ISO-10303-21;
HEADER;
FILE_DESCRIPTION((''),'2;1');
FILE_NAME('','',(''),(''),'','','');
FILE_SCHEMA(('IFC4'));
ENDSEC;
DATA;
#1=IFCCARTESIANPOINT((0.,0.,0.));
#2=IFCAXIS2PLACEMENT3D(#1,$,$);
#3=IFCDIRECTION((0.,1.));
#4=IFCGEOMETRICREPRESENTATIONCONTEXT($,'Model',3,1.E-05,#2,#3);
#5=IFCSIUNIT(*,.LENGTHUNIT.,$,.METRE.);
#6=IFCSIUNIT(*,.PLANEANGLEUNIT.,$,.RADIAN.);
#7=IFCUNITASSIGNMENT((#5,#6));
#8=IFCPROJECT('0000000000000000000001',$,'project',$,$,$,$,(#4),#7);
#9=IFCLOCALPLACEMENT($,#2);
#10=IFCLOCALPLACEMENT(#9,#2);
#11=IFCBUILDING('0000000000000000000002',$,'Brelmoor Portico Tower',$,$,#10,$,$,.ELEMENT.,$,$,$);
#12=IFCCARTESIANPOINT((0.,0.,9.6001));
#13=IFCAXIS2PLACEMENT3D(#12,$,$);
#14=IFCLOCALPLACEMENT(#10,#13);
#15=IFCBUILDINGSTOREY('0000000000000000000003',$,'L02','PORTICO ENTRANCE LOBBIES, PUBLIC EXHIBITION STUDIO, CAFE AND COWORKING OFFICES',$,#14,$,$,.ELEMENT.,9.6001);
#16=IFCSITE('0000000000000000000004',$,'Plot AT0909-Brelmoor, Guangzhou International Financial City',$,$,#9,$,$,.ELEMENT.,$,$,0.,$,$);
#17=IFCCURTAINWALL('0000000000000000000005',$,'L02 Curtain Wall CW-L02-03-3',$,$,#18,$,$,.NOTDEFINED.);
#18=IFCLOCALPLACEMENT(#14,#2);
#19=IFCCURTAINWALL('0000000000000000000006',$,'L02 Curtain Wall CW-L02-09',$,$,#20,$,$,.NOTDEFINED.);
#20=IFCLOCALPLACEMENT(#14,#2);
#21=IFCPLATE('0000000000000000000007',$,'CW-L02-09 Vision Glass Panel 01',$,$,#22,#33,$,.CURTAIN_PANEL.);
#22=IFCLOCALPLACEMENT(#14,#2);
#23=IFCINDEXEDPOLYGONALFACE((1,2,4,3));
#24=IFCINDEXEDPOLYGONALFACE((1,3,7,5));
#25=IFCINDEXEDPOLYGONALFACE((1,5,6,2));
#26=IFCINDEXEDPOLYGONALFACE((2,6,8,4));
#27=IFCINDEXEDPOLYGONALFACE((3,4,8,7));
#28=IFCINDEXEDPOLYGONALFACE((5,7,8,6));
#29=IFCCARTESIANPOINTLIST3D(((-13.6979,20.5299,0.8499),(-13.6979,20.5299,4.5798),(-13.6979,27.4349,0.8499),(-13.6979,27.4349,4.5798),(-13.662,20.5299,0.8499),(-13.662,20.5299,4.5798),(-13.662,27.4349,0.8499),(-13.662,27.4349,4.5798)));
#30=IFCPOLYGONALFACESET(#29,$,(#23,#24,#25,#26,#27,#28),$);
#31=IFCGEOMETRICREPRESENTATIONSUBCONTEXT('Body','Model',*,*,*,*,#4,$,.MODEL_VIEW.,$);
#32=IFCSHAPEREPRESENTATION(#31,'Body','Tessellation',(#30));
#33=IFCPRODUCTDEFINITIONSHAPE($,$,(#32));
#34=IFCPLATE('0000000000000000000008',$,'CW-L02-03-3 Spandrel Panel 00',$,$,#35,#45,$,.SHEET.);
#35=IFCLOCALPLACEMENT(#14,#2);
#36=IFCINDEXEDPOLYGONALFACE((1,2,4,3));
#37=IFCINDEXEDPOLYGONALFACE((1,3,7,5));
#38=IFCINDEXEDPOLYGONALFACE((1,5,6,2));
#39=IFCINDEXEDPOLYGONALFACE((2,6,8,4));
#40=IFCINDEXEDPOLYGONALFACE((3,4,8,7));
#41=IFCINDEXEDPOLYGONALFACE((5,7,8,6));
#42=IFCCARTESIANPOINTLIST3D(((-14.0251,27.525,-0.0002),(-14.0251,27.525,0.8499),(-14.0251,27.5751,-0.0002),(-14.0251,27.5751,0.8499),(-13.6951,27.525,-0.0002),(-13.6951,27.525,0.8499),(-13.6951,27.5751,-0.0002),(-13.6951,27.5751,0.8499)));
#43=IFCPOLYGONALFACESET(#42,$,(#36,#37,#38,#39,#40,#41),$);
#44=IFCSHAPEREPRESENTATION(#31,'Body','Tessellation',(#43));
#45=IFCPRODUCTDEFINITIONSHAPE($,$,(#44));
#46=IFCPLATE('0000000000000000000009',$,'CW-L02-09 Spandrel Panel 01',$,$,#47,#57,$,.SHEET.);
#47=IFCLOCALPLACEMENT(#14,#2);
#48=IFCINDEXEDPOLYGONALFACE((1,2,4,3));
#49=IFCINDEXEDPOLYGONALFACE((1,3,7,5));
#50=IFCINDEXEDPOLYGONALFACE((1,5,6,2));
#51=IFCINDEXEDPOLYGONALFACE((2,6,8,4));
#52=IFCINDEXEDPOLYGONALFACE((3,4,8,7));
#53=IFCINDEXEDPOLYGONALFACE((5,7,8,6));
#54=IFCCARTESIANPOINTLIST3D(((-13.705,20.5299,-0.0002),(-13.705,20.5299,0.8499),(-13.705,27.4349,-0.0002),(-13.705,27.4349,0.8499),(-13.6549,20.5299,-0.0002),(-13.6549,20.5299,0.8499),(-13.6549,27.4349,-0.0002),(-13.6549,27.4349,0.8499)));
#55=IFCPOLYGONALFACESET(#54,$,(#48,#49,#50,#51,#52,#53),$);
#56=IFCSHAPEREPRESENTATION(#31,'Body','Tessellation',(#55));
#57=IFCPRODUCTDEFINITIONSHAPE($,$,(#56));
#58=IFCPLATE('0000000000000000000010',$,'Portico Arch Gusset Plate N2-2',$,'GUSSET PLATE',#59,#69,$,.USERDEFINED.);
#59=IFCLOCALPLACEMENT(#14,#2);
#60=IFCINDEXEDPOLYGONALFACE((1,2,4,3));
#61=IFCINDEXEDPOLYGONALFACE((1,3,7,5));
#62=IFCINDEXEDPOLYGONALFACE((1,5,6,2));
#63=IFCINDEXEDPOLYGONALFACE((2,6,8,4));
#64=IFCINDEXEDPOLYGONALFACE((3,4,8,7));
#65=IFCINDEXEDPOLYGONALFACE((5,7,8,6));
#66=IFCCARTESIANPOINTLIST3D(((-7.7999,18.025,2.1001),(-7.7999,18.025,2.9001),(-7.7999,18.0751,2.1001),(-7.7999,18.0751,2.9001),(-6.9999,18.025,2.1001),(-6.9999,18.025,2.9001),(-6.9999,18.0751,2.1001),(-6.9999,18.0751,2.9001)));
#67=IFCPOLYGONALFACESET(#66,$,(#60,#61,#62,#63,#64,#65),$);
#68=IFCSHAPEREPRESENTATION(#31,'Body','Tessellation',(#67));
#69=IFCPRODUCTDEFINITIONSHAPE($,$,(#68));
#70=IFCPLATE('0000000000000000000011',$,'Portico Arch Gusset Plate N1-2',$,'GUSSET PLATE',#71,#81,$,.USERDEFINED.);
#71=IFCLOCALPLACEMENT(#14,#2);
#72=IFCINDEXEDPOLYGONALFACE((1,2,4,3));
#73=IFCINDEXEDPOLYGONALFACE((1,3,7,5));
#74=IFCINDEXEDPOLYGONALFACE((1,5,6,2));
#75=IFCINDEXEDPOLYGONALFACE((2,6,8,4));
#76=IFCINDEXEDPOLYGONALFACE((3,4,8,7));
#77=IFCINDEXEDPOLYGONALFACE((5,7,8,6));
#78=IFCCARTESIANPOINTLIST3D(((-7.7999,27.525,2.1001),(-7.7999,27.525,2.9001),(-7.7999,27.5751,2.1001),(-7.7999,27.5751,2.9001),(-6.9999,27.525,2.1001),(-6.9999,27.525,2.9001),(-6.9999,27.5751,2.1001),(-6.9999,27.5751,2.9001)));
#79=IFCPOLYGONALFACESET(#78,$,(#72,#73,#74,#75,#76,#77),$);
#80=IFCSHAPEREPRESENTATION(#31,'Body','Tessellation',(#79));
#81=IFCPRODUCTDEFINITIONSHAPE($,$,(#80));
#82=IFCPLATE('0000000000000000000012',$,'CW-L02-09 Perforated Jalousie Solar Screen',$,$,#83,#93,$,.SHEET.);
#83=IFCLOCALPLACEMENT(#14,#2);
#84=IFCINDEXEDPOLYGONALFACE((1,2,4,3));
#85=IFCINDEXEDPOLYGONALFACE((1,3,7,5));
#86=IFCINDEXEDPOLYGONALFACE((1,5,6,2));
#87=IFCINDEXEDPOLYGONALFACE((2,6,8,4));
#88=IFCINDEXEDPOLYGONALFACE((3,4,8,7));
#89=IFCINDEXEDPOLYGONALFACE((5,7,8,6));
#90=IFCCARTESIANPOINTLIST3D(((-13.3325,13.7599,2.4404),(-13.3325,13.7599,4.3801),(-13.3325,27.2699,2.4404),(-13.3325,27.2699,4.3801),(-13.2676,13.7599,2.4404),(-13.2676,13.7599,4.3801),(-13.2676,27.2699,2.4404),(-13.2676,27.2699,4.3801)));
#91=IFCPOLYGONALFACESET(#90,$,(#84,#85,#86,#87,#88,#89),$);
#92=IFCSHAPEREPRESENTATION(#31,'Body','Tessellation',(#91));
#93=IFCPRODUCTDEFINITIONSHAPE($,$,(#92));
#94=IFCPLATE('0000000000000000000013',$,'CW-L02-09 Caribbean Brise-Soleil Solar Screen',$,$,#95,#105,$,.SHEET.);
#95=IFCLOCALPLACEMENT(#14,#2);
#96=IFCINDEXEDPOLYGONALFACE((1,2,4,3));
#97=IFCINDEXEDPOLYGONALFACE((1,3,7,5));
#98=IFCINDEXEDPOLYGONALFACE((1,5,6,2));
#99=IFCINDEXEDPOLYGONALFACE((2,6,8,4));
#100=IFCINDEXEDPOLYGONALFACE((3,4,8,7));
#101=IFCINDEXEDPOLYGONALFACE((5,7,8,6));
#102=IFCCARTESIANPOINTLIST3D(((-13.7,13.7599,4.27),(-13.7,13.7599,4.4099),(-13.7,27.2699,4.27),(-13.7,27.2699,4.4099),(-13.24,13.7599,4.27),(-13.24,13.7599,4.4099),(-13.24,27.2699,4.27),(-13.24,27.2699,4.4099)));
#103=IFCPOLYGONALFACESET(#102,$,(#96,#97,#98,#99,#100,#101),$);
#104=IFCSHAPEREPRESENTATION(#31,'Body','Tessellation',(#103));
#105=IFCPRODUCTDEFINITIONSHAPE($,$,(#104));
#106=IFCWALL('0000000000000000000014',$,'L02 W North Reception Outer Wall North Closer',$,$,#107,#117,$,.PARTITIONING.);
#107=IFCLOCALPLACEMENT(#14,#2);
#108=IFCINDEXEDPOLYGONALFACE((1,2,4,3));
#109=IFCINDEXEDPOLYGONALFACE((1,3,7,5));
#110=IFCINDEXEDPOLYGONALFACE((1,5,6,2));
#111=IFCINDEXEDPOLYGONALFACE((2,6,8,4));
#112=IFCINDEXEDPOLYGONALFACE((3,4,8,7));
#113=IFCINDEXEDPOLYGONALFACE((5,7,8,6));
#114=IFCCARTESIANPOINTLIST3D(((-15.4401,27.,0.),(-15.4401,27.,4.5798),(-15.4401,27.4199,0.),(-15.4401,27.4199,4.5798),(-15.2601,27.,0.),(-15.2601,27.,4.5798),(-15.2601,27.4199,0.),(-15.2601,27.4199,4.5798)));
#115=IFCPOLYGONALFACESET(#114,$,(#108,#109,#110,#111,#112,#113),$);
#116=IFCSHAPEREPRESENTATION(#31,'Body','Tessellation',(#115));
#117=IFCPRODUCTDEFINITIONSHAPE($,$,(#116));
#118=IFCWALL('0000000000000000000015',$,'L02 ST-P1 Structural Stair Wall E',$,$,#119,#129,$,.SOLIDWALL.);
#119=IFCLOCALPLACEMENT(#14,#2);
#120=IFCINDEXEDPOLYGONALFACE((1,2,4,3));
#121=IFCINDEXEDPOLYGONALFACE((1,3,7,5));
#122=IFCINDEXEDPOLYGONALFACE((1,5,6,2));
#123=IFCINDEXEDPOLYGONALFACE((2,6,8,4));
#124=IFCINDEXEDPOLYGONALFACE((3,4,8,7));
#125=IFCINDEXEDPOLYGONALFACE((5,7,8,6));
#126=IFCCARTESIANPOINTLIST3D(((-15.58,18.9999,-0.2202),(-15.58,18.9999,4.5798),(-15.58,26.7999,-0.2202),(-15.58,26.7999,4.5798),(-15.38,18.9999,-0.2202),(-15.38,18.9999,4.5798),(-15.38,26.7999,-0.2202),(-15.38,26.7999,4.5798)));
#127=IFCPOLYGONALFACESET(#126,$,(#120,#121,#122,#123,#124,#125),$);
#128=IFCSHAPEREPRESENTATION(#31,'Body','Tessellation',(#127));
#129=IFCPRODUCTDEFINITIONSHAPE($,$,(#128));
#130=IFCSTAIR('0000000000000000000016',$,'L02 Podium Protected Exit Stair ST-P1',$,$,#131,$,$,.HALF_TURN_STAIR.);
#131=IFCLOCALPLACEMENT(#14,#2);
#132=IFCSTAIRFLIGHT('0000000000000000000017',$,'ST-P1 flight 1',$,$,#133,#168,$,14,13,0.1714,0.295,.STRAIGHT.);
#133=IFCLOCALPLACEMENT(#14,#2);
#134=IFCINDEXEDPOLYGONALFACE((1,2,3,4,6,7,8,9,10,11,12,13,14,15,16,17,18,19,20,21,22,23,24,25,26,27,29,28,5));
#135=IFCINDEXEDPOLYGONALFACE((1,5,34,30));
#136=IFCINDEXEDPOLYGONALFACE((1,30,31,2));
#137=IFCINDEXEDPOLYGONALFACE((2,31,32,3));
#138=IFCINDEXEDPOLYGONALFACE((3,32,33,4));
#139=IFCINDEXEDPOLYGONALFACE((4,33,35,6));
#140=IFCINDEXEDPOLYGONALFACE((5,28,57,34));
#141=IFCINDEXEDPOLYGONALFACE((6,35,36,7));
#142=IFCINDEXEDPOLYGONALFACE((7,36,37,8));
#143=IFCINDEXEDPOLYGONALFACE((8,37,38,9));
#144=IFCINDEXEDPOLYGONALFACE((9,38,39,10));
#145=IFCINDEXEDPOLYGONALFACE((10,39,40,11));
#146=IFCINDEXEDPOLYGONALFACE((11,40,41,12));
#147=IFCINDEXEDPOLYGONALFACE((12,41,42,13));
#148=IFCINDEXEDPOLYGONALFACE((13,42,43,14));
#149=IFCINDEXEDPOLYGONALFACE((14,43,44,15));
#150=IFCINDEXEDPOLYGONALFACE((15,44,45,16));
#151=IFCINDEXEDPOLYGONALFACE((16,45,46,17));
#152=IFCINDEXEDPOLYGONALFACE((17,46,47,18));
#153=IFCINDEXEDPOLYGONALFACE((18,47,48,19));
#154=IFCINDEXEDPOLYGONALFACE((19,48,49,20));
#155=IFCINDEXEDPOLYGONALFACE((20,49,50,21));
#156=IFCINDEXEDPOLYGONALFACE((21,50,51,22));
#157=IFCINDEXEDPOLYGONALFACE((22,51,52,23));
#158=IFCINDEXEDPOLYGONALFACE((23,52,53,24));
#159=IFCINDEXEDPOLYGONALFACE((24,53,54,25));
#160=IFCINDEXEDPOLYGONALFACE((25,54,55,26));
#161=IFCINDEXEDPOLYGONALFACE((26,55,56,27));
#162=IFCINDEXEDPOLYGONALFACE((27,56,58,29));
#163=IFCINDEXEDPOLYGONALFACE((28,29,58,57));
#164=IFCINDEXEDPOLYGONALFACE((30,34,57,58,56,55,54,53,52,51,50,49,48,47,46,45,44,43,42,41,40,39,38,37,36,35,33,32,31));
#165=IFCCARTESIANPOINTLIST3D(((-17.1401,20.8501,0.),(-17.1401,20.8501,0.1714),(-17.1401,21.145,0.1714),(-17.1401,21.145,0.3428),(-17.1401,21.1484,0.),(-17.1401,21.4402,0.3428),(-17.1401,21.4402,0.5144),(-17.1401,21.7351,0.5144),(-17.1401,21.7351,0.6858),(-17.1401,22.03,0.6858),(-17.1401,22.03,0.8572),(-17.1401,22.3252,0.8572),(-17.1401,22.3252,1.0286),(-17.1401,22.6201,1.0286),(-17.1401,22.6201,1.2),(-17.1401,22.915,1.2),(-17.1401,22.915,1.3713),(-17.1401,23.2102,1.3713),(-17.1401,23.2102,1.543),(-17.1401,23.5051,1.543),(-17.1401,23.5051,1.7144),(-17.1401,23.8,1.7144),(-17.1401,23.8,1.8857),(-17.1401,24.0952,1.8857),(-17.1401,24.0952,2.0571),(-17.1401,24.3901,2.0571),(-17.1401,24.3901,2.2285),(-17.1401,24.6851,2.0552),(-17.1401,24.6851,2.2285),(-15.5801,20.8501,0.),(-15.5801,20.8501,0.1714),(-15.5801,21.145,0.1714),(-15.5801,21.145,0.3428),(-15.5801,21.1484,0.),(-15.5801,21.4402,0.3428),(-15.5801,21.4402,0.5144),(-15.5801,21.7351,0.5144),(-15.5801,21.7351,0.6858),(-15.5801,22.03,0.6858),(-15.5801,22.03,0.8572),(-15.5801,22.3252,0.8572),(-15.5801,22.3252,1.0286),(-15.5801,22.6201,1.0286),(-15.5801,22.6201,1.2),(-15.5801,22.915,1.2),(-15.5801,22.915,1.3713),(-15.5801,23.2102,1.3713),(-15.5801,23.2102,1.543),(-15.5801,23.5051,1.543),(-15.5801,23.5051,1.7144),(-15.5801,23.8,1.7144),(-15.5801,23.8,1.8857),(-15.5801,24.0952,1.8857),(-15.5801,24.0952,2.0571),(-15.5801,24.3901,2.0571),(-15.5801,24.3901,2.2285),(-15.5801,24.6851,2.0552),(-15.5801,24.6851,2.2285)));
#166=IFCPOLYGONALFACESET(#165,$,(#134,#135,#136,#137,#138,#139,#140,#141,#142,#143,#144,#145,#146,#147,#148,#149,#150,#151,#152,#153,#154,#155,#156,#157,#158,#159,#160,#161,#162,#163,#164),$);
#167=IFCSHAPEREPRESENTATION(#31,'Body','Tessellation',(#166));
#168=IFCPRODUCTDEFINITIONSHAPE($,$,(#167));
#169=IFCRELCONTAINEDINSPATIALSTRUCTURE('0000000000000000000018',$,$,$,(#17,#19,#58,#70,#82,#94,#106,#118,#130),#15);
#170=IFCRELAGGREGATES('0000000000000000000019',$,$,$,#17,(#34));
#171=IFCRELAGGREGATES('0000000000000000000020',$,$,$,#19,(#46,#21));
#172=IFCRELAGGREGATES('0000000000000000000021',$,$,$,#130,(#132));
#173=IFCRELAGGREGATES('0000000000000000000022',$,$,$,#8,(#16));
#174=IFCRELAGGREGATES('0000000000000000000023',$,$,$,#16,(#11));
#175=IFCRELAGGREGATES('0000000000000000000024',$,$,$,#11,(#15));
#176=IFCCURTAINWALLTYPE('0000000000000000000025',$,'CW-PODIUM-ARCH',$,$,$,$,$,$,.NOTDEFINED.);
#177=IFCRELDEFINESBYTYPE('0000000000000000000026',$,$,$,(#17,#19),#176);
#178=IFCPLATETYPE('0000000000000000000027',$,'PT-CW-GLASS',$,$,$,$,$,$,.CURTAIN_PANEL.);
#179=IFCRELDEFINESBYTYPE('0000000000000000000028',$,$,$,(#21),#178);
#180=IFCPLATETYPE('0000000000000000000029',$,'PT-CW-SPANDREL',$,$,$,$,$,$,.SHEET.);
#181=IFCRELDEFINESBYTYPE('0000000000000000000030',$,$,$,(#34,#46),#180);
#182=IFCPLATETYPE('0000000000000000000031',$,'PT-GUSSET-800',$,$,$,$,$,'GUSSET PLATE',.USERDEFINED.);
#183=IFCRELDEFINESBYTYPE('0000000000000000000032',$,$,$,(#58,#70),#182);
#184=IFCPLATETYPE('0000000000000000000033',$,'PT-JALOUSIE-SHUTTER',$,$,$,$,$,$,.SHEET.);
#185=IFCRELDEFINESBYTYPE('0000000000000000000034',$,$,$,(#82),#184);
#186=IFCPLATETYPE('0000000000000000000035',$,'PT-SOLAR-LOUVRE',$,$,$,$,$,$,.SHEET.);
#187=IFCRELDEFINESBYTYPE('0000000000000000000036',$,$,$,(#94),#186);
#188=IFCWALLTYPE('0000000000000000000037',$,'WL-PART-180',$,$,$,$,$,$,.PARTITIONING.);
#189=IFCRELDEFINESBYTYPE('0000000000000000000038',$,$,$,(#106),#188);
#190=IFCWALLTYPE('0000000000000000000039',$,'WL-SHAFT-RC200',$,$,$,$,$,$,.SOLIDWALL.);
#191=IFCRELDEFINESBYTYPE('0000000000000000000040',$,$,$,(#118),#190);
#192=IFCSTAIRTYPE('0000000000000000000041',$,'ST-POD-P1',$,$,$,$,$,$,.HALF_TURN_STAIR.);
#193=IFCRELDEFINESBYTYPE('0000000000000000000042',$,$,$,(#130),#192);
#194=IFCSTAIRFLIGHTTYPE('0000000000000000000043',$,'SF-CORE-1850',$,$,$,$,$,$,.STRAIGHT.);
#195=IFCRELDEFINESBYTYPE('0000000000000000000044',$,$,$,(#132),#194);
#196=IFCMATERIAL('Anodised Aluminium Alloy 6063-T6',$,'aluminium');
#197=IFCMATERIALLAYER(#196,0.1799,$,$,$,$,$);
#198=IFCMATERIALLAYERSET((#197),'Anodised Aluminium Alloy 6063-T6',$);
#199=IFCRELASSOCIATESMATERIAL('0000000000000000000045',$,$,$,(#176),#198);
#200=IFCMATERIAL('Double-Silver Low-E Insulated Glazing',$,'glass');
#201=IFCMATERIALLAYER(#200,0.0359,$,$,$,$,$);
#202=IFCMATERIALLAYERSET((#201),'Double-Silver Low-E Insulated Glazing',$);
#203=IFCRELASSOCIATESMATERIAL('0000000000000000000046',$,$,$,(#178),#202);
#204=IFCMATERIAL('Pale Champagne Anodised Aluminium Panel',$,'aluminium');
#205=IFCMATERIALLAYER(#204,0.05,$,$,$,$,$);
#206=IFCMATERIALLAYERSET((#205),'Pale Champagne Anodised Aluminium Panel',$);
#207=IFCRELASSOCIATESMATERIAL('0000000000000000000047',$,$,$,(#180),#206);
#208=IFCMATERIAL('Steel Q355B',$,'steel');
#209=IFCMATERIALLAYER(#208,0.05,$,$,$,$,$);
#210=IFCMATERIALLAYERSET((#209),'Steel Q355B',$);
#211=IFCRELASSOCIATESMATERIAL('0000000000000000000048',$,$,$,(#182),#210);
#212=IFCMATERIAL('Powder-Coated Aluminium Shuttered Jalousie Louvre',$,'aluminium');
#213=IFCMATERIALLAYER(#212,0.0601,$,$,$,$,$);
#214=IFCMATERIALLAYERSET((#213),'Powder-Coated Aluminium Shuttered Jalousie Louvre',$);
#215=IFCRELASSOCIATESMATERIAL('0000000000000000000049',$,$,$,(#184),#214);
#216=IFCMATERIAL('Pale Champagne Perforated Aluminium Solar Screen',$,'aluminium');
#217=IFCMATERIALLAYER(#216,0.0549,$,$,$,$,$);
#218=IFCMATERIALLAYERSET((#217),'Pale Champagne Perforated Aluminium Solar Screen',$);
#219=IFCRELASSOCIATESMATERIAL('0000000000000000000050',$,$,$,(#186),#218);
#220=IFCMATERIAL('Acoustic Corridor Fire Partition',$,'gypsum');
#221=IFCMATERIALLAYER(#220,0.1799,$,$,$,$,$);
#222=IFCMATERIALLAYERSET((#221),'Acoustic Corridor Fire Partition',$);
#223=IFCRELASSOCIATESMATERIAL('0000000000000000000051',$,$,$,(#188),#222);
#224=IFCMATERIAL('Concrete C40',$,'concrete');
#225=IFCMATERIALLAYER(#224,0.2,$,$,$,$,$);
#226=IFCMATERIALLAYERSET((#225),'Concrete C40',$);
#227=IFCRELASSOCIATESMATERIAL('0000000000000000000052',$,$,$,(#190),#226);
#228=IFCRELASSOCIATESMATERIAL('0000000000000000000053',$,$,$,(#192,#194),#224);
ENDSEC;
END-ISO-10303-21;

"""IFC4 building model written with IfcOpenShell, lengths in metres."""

from ifc_helpers import new_model, si_unit, direction, frame, frame_2d, origin, origin_2d, place, context, subcontext, project, spatial, polyline, rectangle, outline, extrude, material, layer, layer_set, type_object, element, aggregate, save


model = new_model("IFC4")

# Units and contexts
model_context = context("Model", 3, precision=1e-05, world=origin(), true_north=direction((0.0, 1.0)))
body_context = subcontext(model_context, "Body", "Model", "MODEL_VIEW")
ifc_project = project(units=[si_unit("LENGTHUNIT", "METRE"), si_unit("PLANEANGLEUNIT", "RADIAN")], contexts=[model_context])

# Site, building, storey
site_placement = place(None, origin())
site = spatial("IfcSite", under=ifc_project, at=site_placement, Name="Plot AT0909-Brelmoor, Guangzhou International Financial City", CompositionType="ELEMENT", RefElevation=0.0)
building_placement = place(site_placement, origin())
building = spatial("IfcBuilding", under=site, at=building_placement, Name="Brelmoor Portico Tower", CompositionType="ELEMENT")
storey_placement = place(building_placement, frame((0.0, 0.0, 9.6001)))
storey = spatial("IfcBuildingStorey", under=building, at=storey_placement, Name="L02", Description="PORTICO ENTRANCE LOBBIES, PUBLIC EXHIBITION STUDIO, CAFE AND COWORKING OFFICES", CompositionType="ELEMENT", Elevation=9.6001)

# Shared definitions
ifc_material_1 = material(Name="Steel Q355B", Category="steel")

# Shared definitions
ifc_material_2 = material(Name="Anodised Aluminium Alloy 6063-T6", Category="aluminium")
ifc_layer_1 = layer(ifc_material_2, 0.1799)
ifc_layer_set_1 = layer_set([ifc_layer_1], Name="Anodised Aluminium Alloy 6063-T6")
curtain_wall_type = type_object("IfcCurtainWallType", Name="CW-PODIUM-ARCH", PredefinedType="NOTDEFINED", material=ifc_layer_set_1)

# Curtain walls
curtain_wall_1_placement = place(storey_placement, origin())
curtain_wall_1 = element("IfcCurtainWall", 1, at=curtain_wall_1_placement, inside=storey, type_object=curtain_wall_type, Name="L02 Curtain Wall CW-L02-03-3", PredefinedType="NOTDEFINED")
curtain_wall_2_placement = place(storey_placement, origin())
curtain_wall_2 = element("IfcCurtainWall", 2, at=curtain_wall_2_placement, inside=storey, type_object=curtain_wall_type, Name="L02 Curtain Wall CW-L02-09", PredefinedType="NOTDEFINED")

# Plates
ifc_material_3 = material(Name="Double-Silver Low-E Insulated Glazing", Category="glass")
ifc_layer_2 = layer(ifc_material_3, 0.0359)
ifc_layer_set_2 = layer_set([ifc_layer_2], Name="Double-Silver Low-E Insulated Glazing")
plate_type_1 = type_object("IfcPlateType", Name="PT-CW-GLASS", PredefinedType="CURTAIN_PANEL", material=ifc_layer_set_2)
plate_1_placement = place(storey_placement, frame((-13.6799, 23.9824, 0.8499), z_axis=(0.0, 0.0, 1.0), x_axis=(0.0, 1.0, 0.0)))
plate_1 = element("IfcPlate", 3, at=plate_1_placement, type_object=plate_type_1, Name="CW-L02-09 Vision Glass Panel 01", PredefinedType="CURTAIN_PANEL", context=body_context, shape_type="SweptSolid", body=[
    extrude(rectangle(XDim=6.905, YDim=0.0359, at=origin_2d()), origin(), (0.0, 0.0, 1.0), 3.73),
])
ifc_material_4 = material(Name="Pale Champagne Anodised Aluminium Panel", Category="aluminium")
ifc_layer_3 = layer(ifc_material_4, 0.05)
ifc_layer_set_3 = layer_set([ifc_layer_3], Name="Pale Champagne Anodised Aluminium Panel")
plate_type_2 = type_object("IfcPlateType", Name="PT-CW-SPANDREL", PredefinedType="SHEET", material=ifc_layer_set_3)
plate_2_placement = place(storey_placement, frame((-13.8601, 27.55, -0.0002), z_axis=(0.0, 0.0, 1.0), x_axis=(1.0, 0.0, 0.0)))
plate_2 = element("IfcPlate", 4, at=plate_2_placement, type_object=plate_type_2, Name="CW-L02-03-3 Spandrel Panel 00", PredefinedType="SHEET", context=body_context, shape_type="SweptSolid", body=[
    extrude(rectangle(XDim=0.3301, YDim=0.05, at=origin_2d()), origin(), (0.0, 0.0, 1.0), 0.8501),
])
aggregate(curtain_wall_1, [plate_2])
plate_3_placement = place(storey_placement, frame((-13.6799, 23.9824, -0.0002), z_axis=(0.0, 0.0, 1.0), x_axis=(0.0, 1.0, 0.0)))
plate_3 = element("IfcPlate", 5, at=plate_3_placement, type_object=plate_type_2, Name="CW-L02-09 Spandrel Panel 01", PredefinedType="SHEET", context=body_context, shape_type="SweptSolid", body=[
    extrude(rectangle(XDim=6.905, YDim=0.05, at=origin_2d()), origin(), (0.0, 0.0, 1.0), 0.8501),
])
aggregate(curtain_wall_2, [plate_3, plate_1])

# Plates
ifc_layer_4 = layer(ifc_material_1, 0.05)
ifc_layer_set_4 = layer_set([ifc_layer_4], Name="Steel Q355B")
plate_type_3 = type_object("IfcPlateType", Name="PT-GUSSET-800", ElementType="GUSSET PLATE", PredefinedType="USERDEFINED", material=ifc_layer_set_4)
for number, where, z_axis, x_axis, name in (
    (6, (-7.3999, 18.05, 2.1001), (0.0, 0.0, 1.0), (1.0, 0.0, 0.0), "Portico Arch Gusset Plate N2-2"),
    (7, (-7.3999, 27.55, 2.1001), (0.0, 0.0, 1.0), (1.0, 0.0, 0.0), "Portico Arch Gusset Plate N1-2"),
):
    element("IfcPlate", number, at=place(storey_placement, frame(where, z_axis=z_axis, x_axis=x_axis)), inside=storey, type_object=plate_type_3, Name=name, ObjectType="GUSSET PLATE", PredefinedType="USERDEFINED", context=body_context, shape_type="SweptSolid", body=[
        extrude(rectangle(XDim=0.8, YDim=0.05, at=origin_2d()), origin(), (0.0, 0.0, 1.0), 0.8),
    ])
ifc_material_5 = material(Name="Powder-Coated Aluminium Shuttered Jalousie Louvre", Category="aluminium")
ifc_layer_5 = layer(ifc_material_5, 0.0601)
ifc_layer_set_5 = layer_set([ifc_layer_5], Name="Powder-Coated Aluminium Shuttered Jalousie Louvre")
plate_type_4 = type_object("IfcPlateType", Name="PT-JALOUSIE-SHUTTER", PredefinedType="SHEET", material=ifc_layer_set_5)
plate_4_placement = place(storey_placement, frame((-13.3, 20.5149, 2.4404), z_axis=(0.0, 0.0, 1.0), x_axis=(0.0, 1.0, 0.0)))
element("IfcPlate", 8, at=plate_4_placement, inside=storey, type_object=plate_type_4, Name="CW-L02-09 Perforated Jalousie Solar Screen", PredefinedType="SHEET", context=body_context, shape_type="SweptSolid", body=[
    extrude(rectangle(XDim=13.51, YDim=0.0649, at=origin_2d()), origin(), (0.0, 0.0, 1.0), 1.9397),
])
ifc_material_6 = material(Name="Pale Champagne Perforated Aluminium Solar Screen", Category="aluminium")
ifc_layer_6 = layer(ifc_material_6, 0.0549)
ifc_layer_set_6 = layer_set([ifc_layer_6], Name="Pale Champagne Perforated Aluminium Solar Screen")
plate_type_5 = type_object("IfcPlateType", Name="PT-SOLAR-LOUVRE", PredefinedType="SHEET", material=ifc_layer_set_6)
plate_5_placement = place(storey_placement, frame((-13.47, 20.5149, 4.27), z_axis=(0.0, 0.0, 1.0), x_axis=(0.0, 1.0, 0.0)))
element("IfcPlate", 9, at=plate_5_placement, inside=storey, type_object=plate_type_5, Name="CW-L02-09 Caribbean Brise-Soleil Solar Screen", PredefinedType="SHEET", context=body_context, shape_type="SweptSolid", body=[
    extrude(rectangle(XDim=13.51, YDim=0.46, at=origin_2d()), origin(), (0.0, 0.0, 1.0), 0.1399),
])

# Walls
ifc_material_7 = material(Name="Acoustic Corridor Fire Partition", Category="gypsum")
ifc_layer_7 = layer(ifc_material_7, 0.1799)
ifc_layer_set_7 = layer_set([ifc_layer_7], Name="Acoustic Corridor Fire Partition")
wall_type_1 = type_object("IfcWallType", Name="WL-PART-180", PredefinedType="PARTITIONING", material=ifc_layer_set_7)
wall_1_placement = place(storey_placement, frame((-15.3501, 27.0, 0.0), z_axis=(0.0, 0.0, 1.0), x_axis=(0.0, 1.0, 0.0)))
element("IfcWall", 10, at=wall_1_placement, inside=storey, type_object=wall_type_1, Name="L02 W North Reception Outer Wall North Closer", PredefinedType="PARTITIONING", context=body_context, shape_type="SweptSolid", body=[
    extrude(rectangle(XDim=0.4199, YDim=0.1799, at=frame_2d((0.21, 0.0))), origin(), (0.0, 0.0, 1.0), 4.5798),
])
ifc_material_8 = material(Name="Concrete C40", Category="concrete")
ifc_layer_8 = layer(ifc_material_8, 0.2)
ifc_layer_set_8 = layer_set([ifc_layer_8], Name="Concrete C40")
wall_type_2 = type_object("IfcWallType", Name="WL-SHAFT-RC200", PredefinedType="SOLIDWALL", material=ifc_layer_set_8)
wall_2_placement = place(storey_placement, frame((-15.48, 19.0, -0.2202), z_axis=(0.0, 0.0, 1.0), x_axis=(0.0, 1.0, 0.0)))
element("IfcWall", 11, at=wall_2_placement, inside=storey, type_object=wall_type_2, Name="L02 ST-P1 Structural Stair Wall E", PredefinedType="SOLIDWALL", context=body_context, shape_type="SweptSolid", body=[
    extrude(rectangle(XDim=7.8, YDim=0.2, at=frame_2d((3.8999, 0.0))), origin(), (0.0, 0.0, 1.0), 4.8),
])

# Stair, stair flight
stair_type = type_object("IfcStairType", Name="ST-POD-P1", PredefinedType="HALF_TURN_STAIR", material=ifc_material_8)
stair_placement = place(storey_placement, origin())
stair = element("IfcStair", 12, at=stair_placement, inside=storey, type_object=stair_type, Name="L02 Podium Protected Exit Stair ST-P1", PredefinedType="HALF_TURN_STAIR")
stair_flight_type = type_object("IfcStairFlightType", Name="SF-CORE-1850", PredefinedType="STRAIGHT", material=ifc_material_8)
stair_flight_placement = place(storey_placement, frame((-16.3601, 20.8501, 0.0), z_axis=(0.0, 0.0, 1.0), x_axis=(0.0, 1.0, 0.0)))
stair_flight = element("IfcStairFlight", 13, at=stair_flight_placement, type_object=stair_flight_type, Name="ST-P1 flight 1", NumberOfRisers=14, NumberOfTreads=13, PredefinedType="STRAIGHT", RiserHeight=0.1714, TreadLength=0.295, context=body_context, shape_type="SweptSolid", body=[
    extrude(outline(polyline([(0.0, 0.0), (0.0, 0.1714), (0.2949, 0.1714), (0.2949, 0.3428), (0.5901, 0.3428), (0.5901, 0.5144), (0.885, 0.5144), (0.885, 0.6858), (1.1799, 0.6858), (1.1799, 0.8572), (1.4751, 0.8572), (1.4751, 1.0286), (1.77, 1.0286), (1.77, 1.2), (2.0649, 1.2), (2.0649, 1.3713), (2.3601, 1.3713), (2.3601, 1.543), (2.655, 1.543), (2.655, 1.7144), (2.95, 1.7144), (2.95, 1.8857), (3.2451, 1.8857), (3.2451, 2.0571), (3.54, 2.0571), (3.54, 2.2285), (3.835, 2.2285), (3.835, 2.3999), (3.835, 2.0552), (0.2983, 0.0), (0.0, 0.0)])), frame((0.0, 0.78, 0.0), z_axis=(0.0, -1.0, 0.0), x_axis=(1.0, 0.0, 0.0)), (0.0, 0.0, 1.0), 1.5601),
])
aggregate(stair, [stair_flight])

save(model, "model.ifc")
